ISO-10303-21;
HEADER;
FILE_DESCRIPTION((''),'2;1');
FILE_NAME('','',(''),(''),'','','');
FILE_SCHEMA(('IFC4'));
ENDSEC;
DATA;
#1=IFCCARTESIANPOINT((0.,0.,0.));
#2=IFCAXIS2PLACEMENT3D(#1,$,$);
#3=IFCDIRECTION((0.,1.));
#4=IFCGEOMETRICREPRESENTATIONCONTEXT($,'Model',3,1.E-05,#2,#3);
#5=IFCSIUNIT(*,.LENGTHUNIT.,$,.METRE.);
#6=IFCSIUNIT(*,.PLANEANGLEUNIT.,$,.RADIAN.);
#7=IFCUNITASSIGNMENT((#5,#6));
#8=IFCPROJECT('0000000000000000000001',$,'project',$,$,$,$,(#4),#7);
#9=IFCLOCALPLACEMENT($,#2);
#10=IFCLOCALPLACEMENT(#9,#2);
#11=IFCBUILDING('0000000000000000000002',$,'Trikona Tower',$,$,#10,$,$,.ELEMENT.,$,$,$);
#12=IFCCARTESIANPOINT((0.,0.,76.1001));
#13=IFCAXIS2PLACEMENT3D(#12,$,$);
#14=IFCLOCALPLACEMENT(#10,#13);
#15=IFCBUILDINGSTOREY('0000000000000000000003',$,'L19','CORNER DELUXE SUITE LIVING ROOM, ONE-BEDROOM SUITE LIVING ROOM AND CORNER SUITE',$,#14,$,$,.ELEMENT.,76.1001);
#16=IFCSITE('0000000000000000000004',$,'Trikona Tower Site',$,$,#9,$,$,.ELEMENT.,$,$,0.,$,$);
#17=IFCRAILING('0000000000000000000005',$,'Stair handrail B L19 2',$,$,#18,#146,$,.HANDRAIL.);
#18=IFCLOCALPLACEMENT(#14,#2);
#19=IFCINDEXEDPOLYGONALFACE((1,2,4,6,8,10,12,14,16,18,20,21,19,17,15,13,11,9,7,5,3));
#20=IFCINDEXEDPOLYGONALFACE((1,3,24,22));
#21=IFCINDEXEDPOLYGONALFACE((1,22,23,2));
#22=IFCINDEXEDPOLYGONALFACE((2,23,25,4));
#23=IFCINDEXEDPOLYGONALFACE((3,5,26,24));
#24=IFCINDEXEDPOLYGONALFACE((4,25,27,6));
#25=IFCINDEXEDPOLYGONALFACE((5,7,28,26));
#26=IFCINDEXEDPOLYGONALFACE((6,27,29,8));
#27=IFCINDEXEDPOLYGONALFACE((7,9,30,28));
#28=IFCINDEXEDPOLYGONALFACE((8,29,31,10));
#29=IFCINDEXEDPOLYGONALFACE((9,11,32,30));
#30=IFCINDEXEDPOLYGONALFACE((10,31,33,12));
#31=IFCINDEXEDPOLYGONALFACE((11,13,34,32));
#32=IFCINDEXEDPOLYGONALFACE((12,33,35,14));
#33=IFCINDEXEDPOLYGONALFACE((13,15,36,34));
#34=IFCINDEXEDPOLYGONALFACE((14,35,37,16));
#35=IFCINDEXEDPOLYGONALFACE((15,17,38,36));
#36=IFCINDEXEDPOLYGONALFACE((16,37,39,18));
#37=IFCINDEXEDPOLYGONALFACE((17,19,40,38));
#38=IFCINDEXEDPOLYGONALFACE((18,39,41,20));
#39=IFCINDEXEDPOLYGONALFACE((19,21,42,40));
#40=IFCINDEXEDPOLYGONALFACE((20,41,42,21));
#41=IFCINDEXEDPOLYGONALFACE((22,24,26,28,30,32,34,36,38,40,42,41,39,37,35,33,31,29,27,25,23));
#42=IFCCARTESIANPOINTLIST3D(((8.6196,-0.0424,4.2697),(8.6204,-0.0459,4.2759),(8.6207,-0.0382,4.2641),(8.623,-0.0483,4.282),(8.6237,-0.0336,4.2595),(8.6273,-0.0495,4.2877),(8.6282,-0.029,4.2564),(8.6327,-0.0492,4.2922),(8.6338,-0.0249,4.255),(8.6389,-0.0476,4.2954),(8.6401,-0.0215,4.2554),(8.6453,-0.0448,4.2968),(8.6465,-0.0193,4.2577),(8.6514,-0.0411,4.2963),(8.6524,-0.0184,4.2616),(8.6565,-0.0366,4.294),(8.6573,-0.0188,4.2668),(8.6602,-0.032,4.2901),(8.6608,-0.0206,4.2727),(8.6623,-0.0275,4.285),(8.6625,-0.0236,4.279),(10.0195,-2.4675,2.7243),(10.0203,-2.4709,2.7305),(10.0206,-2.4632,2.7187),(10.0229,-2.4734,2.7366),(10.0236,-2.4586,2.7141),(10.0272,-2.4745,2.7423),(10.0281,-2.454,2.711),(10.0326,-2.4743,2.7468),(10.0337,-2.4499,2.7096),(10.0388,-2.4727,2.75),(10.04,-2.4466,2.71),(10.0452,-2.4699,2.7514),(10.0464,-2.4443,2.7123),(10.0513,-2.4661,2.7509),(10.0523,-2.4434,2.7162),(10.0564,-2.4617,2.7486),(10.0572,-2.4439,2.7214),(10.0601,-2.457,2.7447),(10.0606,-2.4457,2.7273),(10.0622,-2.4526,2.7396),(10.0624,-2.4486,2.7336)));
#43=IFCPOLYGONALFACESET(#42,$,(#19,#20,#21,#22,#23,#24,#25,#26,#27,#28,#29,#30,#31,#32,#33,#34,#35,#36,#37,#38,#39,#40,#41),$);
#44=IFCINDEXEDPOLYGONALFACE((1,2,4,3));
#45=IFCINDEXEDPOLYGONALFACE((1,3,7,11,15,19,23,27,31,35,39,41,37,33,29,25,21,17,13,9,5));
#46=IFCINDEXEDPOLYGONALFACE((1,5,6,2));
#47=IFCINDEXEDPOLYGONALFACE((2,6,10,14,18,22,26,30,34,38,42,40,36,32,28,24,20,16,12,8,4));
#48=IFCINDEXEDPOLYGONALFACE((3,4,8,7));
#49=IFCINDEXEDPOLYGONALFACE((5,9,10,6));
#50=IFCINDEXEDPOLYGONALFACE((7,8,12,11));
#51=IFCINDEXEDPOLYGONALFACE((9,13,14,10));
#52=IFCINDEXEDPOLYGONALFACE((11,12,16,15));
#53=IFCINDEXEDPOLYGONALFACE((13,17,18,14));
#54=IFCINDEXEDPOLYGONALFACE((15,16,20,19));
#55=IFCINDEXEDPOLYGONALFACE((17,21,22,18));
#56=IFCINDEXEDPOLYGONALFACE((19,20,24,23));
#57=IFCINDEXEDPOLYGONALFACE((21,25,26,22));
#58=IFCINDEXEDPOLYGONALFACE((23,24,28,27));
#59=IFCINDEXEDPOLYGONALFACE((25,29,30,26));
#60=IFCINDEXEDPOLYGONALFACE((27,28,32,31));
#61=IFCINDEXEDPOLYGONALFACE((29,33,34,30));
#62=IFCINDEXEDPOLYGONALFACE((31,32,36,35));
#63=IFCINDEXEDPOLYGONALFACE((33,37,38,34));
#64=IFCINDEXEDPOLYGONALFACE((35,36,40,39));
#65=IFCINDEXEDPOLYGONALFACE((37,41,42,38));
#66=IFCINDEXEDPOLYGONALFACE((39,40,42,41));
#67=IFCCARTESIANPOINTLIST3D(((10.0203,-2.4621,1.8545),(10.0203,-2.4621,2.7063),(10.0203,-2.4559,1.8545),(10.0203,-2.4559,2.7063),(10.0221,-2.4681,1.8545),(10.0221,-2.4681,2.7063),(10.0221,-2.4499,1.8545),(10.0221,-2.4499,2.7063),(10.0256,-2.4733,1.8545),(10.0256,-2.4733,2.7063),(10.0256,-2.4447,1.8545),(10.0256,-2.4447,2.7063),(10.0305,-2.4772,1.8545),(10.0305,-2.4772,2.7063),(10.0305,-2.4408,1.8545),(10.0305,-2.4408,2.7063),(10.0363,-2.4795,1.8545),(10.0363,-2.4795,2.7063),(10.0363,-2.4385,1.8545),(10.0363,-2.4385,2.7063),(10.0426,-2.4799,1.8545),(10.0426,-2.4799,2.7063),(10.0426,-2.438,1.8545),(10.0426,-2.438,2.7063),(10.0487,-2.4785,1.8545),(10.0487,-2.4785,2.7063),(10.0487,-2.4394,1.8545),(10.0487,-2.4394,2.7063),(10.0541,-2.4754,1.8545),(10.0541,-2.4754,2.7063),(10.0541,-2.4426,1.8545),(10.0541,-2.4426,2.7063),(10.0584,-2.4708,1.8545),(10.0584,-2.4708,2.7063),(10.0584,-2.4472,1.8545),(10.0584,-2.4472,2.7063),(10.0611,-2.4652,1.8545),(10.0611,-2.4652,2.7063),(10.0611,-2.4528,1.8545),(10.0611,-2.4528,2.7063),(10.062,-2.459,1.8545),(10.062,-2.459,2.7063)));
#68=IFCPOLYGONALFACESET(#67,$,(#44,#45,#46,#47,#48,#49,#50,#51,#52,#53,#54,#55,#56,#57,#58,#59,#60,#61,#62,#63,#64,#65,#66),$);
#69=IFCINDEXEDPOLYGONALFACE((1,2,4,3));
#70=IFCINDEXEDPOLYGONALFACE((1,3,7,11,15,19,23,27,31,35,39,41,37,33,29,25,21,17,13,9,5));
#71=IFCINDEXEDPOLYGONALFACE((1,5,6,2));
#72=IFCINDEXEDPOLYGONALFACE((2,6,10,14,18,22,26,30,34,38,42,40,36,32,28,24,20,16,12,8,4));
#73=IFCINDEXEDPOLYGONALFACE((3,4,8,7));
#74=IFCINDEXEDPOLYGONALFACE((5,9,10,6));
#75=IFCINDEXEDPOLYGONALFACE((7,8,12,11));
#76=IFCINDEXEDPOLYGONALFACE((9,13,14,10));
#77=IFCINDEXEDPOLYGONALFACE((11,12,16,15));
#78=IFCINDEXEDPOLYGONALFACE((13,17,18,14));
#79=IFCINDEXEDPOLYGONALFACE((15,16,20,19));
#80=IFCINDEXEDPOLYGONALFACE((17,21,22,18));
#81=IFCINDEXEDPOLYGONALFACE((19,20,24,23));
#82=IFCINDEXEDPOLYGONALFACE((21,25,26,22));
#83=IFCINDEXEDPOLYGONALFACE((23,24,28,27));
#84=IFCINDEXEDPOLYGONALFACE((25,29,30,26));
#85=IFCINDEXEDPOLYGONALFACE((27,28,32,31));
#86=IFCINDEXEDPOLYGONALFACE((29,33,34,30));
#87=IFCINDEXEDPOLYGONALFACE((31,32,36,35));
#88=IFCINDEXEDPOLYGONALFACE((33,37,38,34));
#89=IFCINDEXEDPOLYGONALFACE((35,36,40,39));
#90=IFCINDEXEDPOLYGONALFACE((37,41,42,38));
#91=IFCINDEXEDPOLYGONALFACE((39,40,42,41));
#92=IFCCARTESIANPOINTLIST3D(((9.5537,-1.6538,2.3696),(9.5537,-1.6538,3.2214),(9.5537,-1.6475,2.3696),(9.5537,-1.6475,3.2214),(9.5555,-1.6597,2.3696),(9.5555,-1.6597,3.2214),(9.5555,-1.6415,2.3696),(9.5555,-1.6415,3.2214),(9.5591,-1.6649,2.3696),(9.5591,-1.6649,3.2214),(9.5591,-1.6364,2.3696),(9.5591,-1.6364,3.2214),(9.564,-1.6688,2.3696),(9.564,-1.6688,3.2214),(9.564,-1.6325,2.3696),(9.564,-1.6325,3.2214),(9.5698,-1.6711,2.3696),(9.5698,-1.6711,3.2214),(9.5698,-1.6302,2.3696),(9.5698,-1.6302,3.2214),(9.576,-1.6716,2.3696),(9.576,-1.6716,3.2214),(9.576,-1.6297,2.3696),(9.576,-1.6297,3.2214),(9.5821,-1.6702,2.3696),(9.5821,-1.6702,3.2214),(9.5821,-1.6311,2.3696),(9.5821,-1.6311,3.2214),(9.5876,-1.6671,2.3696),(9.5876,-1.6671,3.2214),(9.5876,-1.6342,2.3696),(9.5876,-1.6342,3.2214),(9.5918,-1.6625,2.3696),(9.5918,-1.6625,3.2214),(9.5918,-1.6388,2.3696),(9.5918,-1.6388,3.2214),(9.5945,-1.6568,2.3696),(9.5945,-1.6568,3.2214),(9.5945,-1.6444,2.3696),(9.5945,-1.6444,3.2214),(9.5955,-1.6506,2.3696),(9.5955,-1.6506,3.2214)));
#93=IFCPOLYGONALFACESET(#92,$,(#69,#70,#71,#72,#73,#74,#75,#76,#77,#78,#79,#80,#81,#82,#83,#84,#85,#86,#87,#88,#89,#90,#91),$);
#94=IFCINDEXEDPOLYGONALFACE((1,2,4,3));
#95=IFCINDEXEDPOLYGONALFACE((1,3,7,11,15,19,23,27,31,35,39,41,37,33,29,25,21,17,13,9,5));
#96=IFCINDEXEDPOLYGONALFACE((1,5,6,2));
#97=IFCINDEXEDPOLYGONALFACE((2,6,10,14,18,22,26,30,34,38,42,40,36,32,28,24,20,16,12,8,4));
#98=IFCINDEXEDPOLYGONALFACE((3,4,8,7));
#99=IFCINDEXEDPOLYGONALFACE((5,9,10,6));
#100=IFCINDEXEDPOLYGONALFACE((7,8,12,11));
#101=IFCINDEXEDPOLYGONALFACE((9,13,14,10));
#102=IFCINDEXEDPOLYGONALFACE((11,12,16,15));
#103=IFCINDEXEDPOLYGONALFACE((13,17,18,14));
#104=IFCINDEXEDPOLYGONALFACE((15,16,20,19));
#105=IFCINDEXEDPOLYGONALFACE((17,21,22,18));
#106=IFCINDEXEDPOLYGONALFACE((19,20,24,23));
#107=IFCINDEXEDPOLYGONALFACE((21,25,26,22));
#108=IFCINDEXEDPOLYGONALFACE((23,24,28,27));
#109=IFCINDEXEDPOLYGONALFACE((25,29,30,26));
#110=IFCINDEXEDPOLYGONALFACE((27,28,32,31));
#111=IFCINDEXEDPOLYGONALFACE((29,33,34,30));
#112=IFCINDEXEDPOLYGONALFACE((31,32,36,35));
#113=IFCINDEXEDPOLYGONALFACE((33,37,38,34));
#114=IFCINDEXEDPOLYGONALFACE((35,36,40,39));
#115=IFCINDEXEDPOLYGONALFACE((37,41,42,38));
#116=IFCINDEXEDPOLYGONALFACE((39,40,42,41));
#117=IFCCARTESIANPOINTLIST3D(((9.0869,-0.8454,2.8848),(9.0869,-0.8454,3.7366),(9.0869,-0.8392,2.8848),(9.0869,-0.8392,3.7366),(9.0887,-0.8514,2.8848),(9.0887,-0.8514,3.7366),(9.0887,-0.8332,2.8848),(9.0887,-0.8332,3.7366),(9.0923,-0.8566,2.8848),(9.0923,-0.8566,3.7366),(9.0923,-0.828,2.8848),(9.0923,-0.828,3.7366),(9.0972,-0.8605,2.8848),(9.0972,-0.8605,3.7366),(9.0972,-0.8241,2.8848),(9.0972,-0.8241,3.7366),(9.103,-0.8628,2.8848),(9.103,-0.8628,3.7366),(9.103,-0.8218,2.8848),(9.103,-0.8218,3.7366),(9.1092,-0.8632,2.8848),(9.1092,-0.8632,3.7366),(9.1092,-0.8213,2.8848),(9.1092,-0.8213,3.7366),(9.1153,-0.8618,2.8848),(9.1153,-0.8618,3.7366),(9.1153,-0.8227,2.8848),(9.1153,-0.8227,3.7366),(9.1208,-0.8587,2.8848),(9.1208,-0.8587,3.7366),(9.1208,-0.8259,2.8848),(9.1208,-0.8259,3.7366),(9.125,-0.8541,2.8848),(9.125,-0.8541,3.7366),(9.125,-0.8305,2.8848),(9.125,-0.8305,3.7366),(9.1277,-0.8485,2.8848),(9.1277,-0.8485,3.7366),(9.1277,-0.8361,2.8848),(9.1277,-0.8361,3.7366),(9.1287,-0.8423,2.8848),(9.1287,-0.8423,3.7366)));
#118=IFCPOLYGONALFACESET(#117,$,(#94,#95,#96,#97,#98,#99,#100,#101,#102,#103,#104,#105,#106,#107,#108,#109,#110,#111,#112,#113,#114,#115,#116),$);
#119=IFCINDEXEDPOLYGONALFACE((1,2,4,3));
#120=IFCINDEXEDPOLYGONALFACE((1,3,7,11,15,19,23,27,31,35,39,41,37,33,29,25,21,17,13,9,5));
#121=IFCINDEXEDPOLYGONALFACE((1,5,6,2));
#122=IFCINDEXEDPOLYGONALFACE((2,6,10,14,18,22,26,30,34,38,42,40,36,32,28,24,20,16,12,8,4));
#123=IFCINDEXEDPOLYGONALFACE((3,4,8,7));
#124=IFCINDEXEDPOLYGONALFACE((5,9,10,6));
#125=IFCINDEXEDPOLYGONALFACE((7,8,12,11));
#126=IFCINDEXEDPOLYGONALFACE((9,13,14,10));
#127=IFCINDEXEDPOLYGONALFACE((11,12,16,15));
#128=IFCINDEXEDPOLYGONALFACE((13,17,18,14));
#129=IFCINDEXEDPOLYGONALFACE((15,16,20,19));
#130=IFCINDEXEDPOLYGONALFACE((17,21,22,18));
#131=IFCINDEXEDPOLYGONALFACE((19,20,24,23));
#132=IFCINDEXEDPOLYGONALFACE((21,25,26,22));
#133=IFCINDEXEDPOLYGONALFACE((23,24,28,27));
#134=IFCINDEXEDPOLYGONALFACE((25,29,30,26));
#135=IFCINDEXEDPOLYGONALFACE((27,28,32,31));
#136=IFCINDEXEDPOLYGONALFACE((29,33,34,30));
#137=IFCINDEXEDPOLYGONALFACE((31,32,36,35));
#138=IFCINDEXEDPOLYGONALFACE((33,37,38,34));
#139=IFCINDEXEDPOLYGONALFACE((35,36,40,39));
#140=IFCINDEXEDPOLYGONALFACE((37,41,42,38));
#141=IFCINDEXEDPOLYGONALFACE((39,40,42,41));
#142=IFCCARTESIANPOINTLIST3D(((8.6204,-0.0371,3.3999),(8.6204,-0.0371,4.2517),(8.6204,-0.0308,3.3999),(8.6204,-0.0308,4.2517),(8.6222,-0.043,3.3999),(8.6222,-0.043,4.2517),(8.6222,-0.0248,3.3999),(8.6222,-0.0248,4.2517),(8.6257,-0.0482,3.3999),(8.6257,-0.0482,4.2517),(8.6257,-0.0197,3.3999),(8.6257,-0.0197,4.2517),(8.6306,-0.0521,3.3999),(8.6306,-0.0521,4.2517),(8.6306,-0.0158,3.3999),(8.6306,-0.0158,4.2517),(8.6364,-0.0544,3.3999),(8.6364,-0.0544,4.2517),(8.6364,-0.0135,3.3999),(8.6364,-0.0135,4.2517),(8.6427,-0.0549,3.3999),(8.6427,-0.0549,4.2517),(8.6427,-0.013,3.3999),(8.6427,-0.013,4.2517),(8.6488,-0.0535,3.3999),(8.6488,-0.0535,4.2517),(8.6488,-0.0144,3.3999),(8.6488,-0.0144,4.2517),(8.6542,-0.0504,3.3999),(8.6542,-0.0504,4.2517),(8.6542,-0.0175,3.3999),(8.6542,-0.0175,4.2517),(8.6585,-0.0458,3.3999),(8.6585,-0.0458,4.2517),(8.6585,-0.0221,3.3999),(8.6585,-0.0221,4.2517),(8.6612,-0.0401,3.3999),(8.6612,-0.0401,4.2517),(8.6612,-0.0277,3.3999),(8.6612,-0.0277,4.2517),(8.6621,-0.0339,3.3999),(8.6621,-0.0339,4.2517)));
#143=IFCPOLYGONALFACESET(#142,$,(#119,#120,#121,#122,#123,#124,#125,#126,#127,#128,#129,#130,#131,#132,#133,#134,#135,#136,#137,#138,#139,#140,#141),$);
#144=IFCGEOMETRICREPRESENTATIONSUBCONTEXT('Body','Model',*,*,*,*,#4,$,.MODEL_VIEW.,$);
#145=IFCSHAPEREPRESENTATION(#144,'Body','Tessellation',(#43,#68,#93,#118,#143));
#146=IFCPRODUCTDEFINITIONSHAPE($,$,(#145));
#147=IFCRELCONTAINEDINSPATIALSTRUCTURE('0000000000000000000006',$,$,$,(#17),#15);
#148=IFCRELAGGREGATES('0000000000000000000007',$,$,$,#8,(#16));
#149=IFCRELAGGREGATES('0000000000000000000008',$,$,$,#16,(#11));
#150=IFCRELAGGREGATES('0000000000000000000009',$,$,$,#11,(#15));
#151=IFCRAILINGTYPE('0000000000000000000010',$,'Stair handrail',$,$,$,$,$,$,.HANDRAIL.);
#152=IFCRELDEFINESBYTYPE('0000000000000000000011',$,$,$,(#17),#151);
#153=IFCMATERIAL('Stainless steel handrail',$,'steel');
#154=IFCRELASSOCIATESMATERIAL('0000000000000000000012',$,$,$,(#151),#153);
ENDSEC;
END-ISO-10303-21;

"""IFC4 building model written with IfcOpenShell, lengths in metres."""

from ifc_helpers import new_model, si_unit, direction, frame, origin, origin_2d, place, context, subcontext, project, spatial, circle, extrude, material, type_object, element, save


model = new_model("IFC4")

# Units and contexts
model_context = context("Model", 3, precision=1e-05, world=origin(), true_north=direction((0.0, 1.0)))
body_context = subcontext(model_context, "Body", "Model", "MODEL_VIEW")
ifc_project = project(units=[si_unit("LENGTHUNIT", "METRE"), si_unit("PLANEANGLEUNIT", "RADIAN")], contexts=[model_context])

# Site, building, storey
site_placement = place(None, origin())
site = spatial("IfcSite", under=ifc_project, at=site_placement, Name="Trikona Tower Site", CompositionType="ELEMENT", RefElevation=0.0)
building_placement = place(site_placement, origin())
building = spatial("IfcBuilding", under=site, at=building_placement, Name="Trikona Tower", CompositionType="ELEMENT")
storey_placement = place(building_placement, frame((0.0, 0.0, 76.1001)))
storey = spatial("IfcBuildingStorey", under=building, at=storey_placement, Name="L19", Description="CORNER DELUXE SUITE LIVING ROOM, ONE-BEDROOM SUITE LIVING ROOM AND CORNER SUITE", CompositionType="ELEMENT", Elevation=76.1001)

# Railing
ifc_material_1 = material(Name="Stainless steel handrail", Category="steel")
railing_type = type_object("IfcRailingType", Name="Stair handrail", PredefinedType="HANDRAIL", material=ifc_material_1)
railing_placement = place(storey_placement, frame((10.041, -2.459, 1.8545)))
element("IfcRailing", 1, at=railing_placement, inside=storey, type_object=railing_type, Name="Stair handrail B L19 2", PredefinedType="HANDRAIL", context=body_context, shape_type="SweptSolid", body=[
    extrude(circle(Radius=0.0239, at=origin_2d()), frame((0.0, 0.0, 0.876), z_axis=(-0.437707, 0.75824, 0.483203), x_axis=(-0.866056, -0.499946, 0.0)), (0.0, 0.0, 1.0), 3.1982),
    extrude(circle(Radius=0.021, at=origin_2d()), origin(), (0.0, 0.0, 1.0), 0.8518),
    extrude(circle(Radius=0.021, at=origin_2d()), frame((-0.4666, 0.8083, 0.5151)), (0.0, 0.0, 1.0), 0.8518),
    extrude(circle(Radius=0.021, at=origin_2d()), frame((-0.9333, 1.6167, 1.0303)), (0.0, 0.0, 1.0), 0.8518),
    extrude(circle(Radius=0.021, at=origin_2d()), frame((-1.3999, 2.425, 1.5454)), (0.0, 0.0, 1.0), 0.8518),
])

save(model, "model.ifc")
